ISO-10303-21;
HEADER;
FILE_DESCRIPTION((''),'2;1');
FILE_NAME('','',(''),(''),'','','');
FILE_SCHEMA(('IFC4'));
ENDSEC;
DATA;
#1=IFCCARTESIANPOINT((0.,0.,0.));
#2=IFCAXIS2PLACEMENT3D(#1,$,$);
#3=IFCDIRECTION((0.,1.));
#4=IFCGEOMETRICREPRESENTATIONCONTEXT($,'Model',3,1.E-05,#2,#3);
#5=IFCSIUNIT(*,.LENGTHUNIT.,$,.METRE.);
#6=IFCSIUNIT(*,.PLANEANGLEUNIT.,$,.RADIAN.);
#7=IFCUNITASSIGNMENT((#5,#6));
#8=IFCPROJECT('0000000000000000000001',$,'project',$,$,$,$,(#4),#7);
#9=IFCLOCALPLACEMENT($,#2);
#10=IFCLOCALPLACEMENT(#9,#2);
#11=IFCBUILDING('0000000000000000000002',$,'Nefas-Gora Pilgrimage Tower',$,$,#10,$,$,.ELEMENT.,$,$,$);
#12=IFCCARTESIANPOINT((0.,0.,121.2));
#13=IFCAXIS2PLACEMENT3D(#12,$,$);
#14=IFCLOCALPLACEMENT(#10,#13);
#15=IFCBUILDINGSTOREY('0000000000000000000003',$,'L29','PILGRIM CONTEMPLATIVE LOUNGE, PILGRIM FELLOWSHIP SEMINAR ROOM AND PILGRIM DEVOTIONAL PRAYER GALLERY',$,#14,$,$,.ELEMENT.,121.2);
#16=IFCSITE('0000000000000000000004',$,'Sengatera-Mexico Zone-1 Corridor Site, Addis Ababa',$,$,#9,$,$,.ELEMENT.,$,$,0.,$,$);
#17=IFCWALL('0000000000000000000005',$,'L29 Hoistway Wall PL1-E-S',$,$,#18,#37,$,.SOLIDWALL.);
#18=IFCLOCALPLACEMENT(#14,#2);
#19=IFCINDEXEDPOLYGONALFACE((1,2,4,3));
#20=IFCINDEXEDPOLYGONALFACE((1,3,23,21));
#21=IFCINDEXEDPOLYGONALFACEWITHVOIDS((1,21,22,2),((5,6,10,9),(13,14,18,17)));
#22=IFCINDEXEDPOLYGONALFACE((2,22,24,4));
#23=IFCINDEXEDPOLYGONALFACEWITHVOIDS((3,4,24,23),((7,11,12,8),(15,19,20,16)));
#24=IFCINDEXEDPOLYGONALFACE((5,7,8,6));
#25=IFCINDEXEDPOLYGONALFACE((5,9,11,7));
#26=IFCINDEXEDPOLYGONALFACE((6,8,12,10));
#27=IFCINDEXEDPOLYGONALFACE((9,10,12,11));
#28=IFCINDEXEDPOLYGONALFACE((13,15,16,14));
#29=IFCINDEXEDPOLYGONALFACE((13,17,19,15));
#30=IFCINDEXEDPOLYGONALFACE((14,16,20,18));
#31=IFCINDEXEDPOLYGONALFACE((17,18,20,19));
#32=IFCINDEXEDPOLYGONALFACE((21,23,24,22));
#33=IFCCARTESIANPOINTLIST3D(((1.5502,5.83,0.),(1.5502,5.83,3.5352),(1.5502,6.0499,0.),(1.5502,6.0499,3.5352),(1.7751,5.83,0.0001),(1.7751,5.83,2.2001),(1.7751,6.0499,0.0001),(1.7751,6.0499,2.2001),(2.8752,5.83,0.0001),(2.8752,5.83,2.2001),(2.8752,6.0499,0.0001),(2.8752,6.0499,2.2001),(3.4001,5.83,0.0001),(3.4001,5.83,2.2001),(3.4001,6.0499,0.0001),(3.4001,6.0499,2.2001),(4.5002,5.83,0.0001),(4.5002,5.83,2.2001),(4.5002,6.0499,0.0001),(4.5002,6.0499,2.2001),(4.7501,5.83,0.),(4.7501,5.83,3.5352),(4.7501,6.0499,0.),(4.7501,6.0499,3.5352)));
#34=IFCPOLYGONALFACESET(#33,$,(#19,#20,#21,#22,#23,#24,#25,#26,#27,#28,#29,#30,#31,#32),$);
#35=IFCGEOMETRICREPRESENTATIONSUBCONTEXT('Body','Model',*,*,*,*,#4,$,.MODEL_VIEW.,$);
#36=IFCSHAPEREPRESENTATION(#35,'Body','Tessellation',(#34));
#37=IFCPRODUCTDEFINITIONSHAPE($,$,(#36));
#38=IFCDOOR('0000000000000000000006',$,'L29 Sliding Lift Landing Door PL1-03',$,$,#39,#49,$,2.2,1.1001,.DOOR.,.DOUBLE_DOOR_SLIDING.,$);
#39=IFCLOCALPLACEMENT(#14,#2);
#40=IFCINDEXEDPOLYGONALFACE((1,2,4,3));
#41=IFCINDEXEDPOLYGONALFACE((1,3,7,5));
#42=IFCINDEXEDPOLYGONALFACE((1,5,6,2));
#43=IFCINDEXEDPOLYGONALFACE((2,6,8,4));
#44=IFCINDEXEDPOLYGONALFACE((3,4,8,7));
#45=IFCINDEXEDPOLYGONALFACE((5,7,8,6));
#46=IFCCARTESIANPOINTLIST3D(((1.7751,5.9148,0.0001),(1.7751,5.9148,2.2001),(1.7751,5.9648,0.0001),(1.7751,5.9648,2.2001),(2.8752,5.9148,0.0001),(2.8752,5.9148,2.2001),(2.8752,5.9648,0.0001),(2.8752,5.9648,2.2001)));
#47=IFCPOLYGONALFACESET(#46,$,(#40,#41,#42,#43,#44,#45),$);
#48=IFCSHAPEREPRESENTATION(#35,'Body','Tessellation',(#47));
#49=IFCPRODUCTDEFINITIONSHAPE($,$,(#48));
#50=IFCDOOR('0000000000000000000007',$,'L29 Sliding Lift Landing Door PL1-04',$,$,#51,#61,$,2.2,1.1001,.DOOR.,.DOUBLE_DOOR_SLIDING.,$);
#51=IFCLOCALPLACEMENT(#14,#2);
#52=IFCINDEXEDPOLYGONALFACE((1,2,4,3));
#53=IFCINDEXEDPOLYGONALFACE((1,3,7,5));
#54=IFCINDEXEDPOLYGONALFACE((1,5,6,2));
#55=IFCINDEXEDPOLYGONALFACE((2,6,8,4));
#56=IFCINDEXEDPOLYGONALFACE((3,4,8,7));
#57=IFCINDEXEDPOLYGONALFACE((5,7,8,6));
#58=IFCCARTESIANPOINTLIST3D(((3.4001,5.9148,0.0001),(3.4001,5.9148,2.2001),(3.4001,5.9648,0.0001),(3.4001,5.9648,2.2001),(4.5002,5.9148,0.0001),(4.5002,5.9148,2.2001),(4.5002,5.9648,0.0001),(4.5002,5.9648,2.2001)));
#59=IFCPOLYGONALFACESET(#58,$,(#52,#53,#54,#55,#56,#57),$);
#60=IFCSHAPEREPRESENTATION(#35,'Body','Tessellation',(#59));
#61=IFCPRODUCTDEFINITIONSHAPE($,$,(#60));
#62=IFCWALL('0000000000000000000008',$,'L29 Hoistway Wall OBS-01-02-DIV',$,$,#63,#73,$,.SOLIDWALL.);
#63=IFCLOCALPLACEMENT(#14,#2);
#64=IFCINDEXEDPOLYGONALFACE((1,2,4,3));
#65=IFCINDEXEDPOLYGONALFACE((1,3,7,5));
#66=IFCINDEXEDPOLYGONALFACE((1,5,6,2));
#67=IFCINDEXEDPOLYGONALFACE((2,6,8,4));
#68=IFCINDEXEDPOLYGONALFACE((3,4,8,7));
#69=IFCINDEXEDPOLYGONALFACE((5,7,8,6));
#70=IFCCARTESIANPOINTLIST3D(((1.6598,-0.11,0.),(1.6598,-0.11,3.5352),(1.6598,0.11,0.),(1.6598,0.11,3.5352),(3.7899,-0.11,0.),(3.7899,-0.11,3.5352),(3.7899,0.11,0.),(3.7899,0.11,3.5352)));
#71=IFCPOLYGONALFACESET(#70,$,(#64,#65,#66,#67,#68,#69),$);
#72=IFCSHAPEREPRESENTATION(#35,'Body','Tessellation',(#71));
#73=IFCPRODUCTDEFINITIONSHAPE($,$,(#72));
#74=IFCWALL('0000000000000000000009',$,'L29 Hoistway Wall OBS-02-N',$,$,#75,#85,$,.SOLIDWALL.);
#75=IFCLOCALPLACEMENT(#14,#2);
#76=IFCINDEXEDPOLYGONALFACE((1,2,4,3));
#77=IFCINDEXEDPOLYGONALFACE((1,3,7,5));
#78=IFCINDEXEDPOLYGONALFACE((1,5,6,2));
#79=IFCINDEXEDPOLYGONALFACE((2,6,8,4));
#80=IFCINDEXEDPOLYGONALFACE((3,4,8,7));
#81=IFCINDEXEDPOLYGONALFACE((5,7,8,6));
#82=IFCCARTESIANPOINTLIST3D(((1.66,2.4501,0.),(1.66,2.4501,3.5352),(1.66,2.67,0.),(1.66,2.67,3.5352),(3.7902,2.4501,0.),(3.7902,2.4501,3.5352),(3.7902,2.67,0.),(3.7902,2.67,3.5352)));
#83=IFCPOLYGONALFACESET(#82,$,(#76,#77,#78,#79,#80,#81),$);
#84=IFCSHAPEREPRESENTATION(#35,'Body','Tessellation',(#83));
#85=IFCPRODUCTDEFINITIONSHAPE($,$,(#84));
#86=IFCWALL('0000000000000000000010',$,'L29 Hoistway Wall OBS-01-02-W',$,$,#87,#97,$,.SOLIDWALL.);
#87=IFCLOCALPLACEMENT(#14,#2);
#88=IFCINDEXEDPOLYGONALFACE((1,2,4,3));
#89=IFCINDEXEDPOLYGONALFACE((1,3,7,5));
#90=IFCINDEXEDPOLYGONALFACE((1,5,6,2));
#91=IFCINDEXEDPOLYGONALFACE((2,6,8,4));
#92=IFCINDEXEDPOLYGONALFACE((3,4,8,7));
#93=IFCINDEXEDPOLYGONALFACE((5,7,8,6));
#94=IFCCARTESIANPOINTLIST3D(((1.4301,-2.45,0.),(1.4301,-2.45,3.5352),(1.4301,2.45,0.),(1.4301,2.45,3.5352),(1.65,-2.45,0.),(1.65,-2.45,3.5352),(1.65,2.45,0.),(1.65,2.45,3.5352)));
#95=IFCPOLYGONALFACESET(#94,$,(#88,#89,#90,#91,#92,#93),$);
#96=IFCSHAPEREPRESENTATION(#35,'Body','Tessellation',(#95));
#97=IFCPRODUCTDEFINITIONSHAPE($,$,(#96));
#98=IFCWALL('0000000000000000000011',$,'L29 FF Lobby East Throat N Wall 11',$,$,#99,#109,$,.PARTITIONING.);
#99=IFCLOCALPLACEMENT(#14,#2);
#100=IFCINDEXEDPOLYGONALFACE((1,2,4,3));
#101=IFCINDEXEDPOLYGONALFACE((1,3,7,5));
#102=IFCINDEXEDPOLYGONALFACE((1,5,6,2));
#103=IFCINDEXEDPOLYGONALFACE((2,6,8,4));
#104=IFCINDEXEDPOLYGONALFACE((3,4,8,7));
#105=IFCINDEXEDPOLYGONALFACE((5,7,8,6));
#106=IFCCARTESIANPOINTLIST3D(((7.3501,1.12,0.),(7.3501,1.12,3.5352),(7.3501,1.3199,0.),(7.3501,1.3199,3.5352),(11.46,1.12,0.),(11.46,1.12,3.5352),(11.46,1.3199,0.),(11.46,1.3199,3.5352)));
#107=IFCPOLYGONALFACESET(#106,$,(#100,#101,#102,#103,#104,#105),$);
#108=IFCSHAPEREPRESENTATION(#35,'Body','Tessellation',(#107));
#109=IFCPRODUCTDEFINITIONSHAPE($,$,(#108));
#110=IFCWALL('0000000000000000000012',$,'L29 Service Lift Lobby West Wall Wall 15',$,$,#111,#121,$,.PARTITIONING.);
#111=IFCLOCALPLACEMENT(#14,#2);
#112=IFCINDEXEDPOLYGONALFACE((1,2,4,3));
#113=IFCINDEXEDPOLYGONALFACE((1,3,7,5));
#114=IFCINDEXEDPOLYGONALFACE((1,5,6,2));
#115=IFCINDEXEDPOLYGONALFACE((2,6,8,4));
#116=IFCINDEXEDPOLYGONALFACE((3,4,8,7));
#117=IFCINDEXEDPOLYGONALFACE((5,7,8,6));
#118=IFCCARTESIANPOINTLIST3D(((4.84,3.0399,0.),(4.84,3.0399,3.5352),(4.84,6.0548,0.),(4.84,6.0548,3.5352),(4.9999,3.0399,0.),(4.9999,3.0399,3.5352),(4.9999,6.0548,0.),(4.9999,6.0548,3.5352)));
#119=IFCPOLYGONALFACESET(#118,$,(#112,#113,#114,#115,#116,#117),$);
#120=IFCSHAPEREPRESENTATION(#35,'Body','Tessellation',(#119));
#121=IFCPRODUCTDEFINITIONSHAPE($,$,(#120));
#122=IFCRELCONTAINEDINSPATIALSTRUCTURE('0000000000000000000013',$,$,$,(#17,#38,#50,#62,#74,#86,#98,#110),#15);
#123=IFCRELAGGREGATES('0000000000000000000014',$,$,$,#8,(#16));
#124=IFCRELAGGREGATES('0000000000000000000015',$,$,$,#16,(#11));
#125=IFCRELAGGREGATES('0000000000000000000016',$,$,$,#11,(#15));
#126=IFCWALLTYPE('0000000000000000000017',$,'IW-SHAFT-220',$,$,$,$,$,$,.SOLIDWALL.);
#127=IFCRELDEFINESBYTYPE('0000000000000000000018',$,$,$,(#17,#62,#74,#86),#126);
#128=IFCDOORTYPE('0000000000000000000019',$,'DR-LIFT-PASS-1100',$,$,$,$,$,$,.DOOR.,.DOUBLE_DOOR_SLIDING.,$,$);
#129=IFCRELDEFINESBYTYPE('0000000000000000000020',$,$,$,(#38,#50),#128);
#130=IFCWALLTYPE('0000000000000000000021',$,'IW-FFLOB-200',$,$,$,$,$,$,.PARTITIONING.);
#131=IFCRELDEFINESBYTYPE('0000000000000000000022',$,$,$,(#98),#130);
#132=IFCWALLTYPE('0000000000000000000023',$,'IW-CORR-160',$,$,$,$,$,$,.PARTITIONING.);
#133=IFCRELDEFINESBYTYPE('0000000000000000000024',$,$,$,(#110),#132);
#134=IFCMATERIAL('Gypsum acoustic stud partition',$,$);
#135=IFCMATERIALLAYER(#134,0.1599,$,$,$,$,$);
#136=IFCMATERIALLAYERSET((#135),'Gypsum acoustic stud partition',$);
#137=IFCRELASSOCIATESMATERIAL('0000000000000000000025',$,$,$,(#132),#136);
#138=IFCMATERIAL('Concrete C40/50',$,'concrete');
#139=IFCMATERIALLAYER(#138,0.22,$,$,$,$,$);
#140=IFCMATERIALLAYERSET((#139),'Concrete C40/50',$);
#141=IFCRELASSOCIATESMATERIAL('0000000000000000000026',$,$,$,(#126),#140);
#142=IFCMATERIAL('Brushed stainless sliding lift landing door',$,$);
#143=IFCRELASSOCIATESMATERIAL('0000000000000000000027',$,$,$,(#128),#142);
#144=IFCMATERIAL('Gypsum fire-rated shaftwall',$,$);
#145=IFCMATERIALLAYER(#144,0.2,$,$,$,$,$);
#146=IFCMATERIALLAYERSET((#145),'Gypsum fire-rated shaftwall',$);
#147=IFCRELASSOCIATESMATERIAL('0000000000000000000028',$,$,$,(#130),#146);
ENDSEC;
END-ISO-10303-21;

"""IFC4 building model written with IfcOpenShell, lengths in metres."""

from ifc_helpers import new_model, si_unit, direction, frame, frame_2d, origin, place, context, subcontext, project, spatial, rectangle, extrude, source, transform, mapped, material, layer, layer_set, type_object, element, fill, save


model = new_model("IFC4")

# Units and contexts
model_context = context("Model", 3, precision=1e-05, world=origin(), true_north=direction((0.0, 1.0)))
body_context = subcontext(model_context, "Body", "Model", "MODEL_VIEW")
ifc_project = project(units=[si_unit("LENGTHUNIT", "METRE"), si_unit("PLANEANGLEUNIT", "RADIAN")], contexts=[model_context])

# Site, building, storey
site_placement = place(None, origin())
site = spatial("IfcSite", under=ifc_project, at=site_placement, Name="Sengatera-Mexico Zone-1 Corridor Site, Addis Ababa", CompositionType="ELEMENT", RefElevation=0.0)
building_placement = place(site_placement, origin())
building = spatial("IfcBuilding", under=site, at=building_placement, Name="Nefas-Gora Pilgrimage Tower", CompositionType="ELEMENT")
storey_placement = place(building_placement, frame((0.0, 0.0, 121.2)))
storey = spatial("IfcBuildingStorey", under=building, at=storey_placement, Name="L29", Description="PILGRIM CONTEMPLATIVE LOUNGE, PILGRIM FELLOWSHIP SEMINAR ROOM AND PILGRIM DEVOTIONAL PRAYER GALLERY", CompositionType="ELEMENT", Elevation=121.2)

# Shared definitions
ifc_material_1 = material(Name="Gypsum acoustic stud partition")
ifc_layer_1 = layer(ifc_material_1, 0.1599)
ifc_layer_set_1 = layer_set([ifc_layer_1], Name="Gypsum acoustic stud partition")
wall_type_1 = type_object("IfcWallType", Name="IW-CORR-160", PredefinedType="PARTITIONING", material=ifc_layer_set_1)

# Shared definitions
ifc_material_2 = material(Name="Concrete C40/50", Category="concrete")
ifc_layer_2 = layer(ifc_material_2, 0.22)
ifc_layer_set_2 = layer_set([ifc_layer_2], Name="Concrete C40/50")
wall_type_2 = type_object("IfcWallType", Name="IW-SHAFT-220", PredefinedType="SOLIDWALL", material=ifc_layer_set_2)

# Wall, openings, doors
shared_shape_1 = source(origin(), body_context, "Body", "SweptSolid", [
    extrude(rectangle(XDim=3.2, YDim=0.22, at=frame_2d((1.6001, 0.0))), origin(), (0.0, 0.0, 1.0), 3.5352),
])
wall_1_placement = place(storey_placement, frame((1.55, 5.9399, 0.0), z_axis=(0.0, 0.0, 1.0), x_axis=(1.0, 0.0, 0.0)))
wall_1 = element("IfcWall", 1, at=wall_1_placement, inside=storey, type_object=wall_type_2, Name="L29 Hoistway Wall PL1-E-S", PredefinedType="SOLIDWALL", context=body_context, shape_type="MappedRepresentation", body=[
    mapped(shared_shape_1, transform((0.0, 0.0, 0.0), x_axis=(1.0, 0.0, 0.0), y_axis=(0.0, 1.0, 0.0), z_axis=(0.0, 0.0, 1.0), scale=1.0)),
])
opening_1_placement = place(wall_1_placement, frame((0.2251, 0.0, 0.0)))
opening_1 = element("IfcOpeningElement", 2, at=opening_1_placement, cuts=wall_1, PredefinedType="OPENING", context=body_context, shape_type="SweptSolid", body=[
    extrude(rectangle(XDim=1.1001, YDim=2.2, at=frame_2d((0.55, 1.1001))), frame((0.0, 0.1199, 0.0), z_axis=(0.0, -1.0, 0.0), x_axis=(1.0, 0.0, 0.0)), (0.0, 0.0, 1.0), 0.24),
])
opening_2_placement = place(wall_1_placement, frame((1.8501, 0.0, 0.0)))
opening_2 = element("IfcOpeningElement", 3, at=opening_2_placement, cuts=wall_1, PredefinedType="OPENING", context=body_context, shape_type="SweptSolid", body=[
    extrude(rectangle(XDim=1.1001, YDim=2.2, at=frame_2d((0.55, 1.1001))), frame((0.0, 0.1199, 0.0), z_axis=(0.0, -1.0, 0.0), x_axis=(1.0, 0.0, 0.0)), (0.0, 0.0, 1.0), 0.24),
])
ifc_material_3 = material(Name="Brushed stainless sliding lift landing door")
door_type_1 = type_object("IfcDoorType", Name="DR-LIFT-PASS-1100", OperationType="DOUBLE_DOOR_SLIDING", PredefinedType="DOOR", material=ifc_material_3)
shared_shape_2 = source(origin(), body_context, "Body", "SweptSolid", [
    extrude(rectangle(XDim=1.1001, YDim=2.2, at=frame_2d((0.55, 1.1001))), frame((0.0, 0.0249, 0.0), z_axis=(0.0, -1.0, 0.0), x_axis=(1.0, 0.0, 0.0)), (0.0, 0.0, 1.0), 0.05),
])
door_1_placement = place(opening_1_placement, origin())
door_1 = element("IfcDoor", 4, at=door_1_placement, inside=storey, type_object=door_type_1, Name="L29 Sliding Lift Landing Door PL1-03", OperationType="DOUBLE_DOOR_SLIDING", OverallHeight=2.2, OverallWidth=1.1001, PredefinedType="DOOR", context=body_context, shape_type="MappedRepresentation", body=[
    mapped(shared_shape_2, transform((0.0, 0.0, 0.0), x_axis=(1.0, 0.0, 0.0), y_axis=(0.0, 1.0, 0.0), z_axis=(0.0, 0.0, 1.0), scale=1.0)),
])
fill(opening_1, door_1)
door_2_placement = place(opening_2_placement, origin())
door_2 = element("IfcDoor", 5, at=door_2_placement, inside=storey, type_object=door_type_1, Name="L29 Sliding Lift Landing Door PL1-04", OperationType="DOUBLE_DOOR_SLIDING", OverallHeight=2.2, OverallWidth=1.1001, PredefinedType="DOOR", context=body_context, shape_type="MappedRepresentation", body=[
    mapped(shared_shape_2, transform((0.0, 0.0, 0.0), x_axis=(1.0, 0.0, 0.0), y_axis=(0.0, 1.0, 0.0), z_axis=(0.0, 0.0, 1.0), scale=1.0)),
])
fill(opening_2, door_2)

# Walls
shared_shape_3 = source(origin(), body_context, "Body", "SweptSolid", [
    extrude(rectangle(XDim=2.1301, YDim=0.22, at=frame_2d((1.0649, 0.0))), origin(), (0.0, 0.0, 1.0), 3.5352),
])
for number, where, z_axis, x_axis, name in (
    (6, (1.6599, 0.0, 0.0), (0.0, 0.0, 1.0), (1.0, 0.0, 0.0), "L29 Hoistway Wall OBS-01-02-DIV"),
    (7, (3.79, 2.5601, 0.0), (0.0, 0.0, 1.0), (-1.0, 0.0, 0.0), "L29 Hoistway Wall OBS-02-N"),
):
    element("IfcWall", number, at=place(storey_placement, frame(where, z_axis=z_axis, x_axis=x_axis)), inside=storey, type_object=wall_type_2, Name=name, PredefinedType="SOLIDWALL", context=body_context, shape_type="MappedRepresentation", body=[
        mapped(shared_shape_3, transform((0.0, 0.0, 0.0), x_axis=(1.0, 0.0, 0.0), y_axis=(0.0, 1.0, 0.0), z_axis=(0.0, 0.0, 1.0), scale=1.0)),
    ])
shared_shape_4 = source(origin(), body_context, "Body", "SweptSolid", [
    extrude(rectangle(XDim=4.8999, YDim=0.22, at=frame_2d((2.45, 0.0))), origin(), (0.0, 0.0, 1.0), 3.5352),
])
wall_2_placement = place(storey_placement, frame((1.54, 2.45, 0.0), z_axis=(0.0, 0.0, 1.0), x_axis=(0.0, -1.0, 0.0)))
element("IfcWall", 8, at=wall_2_placement, inside=storey, type_object=wall_type_2, Name="L29 Hoistway Wall OBS-01-02-W", PredefinedType="SOLIDWALL", context=body_context, shape_type="MappedRepresentation", body=[
    mapped(shared_shape_4, transform((0.0, 0.0, 0.0), x_axis=(1.0, 0.0, 0.0), y_axis=(0.0, 1.0, 0.0), z_axis=(0.0, 0.0, 1.0), scale=1.0)),
])

# Shared definitions
ifc_material_4 = material(Name="Gypsum fire-rated shaftwall")
ifc_layer_3 = layer(ifc_material_4, 0.2)
ifc_layer_set_3 = layer_set([ifc_layer_3], Name="Gypsum fire-rated shaftwall")
wall_type_3 = type_object("IfcWallType", Name="IW-FFLOB-200", PredefinedType="PARTITIONING", material=ifc_layer_set_3)

# Walls
shared_shape_5 = source(origin(), body_context, "Body", "SweptSolid", [
    extrude(rectangle(XDim=4.1099, YDim=0.2, at=frame_2d((2.0549, 0.0))), origin(), (0.0, 0.0, 1.0), 3.5352),
])
wall_3_placement = place(storey_placement, frame((7.3501, 1.22, 0.0), z_axis=(0.0, 0.0, 1.0), x_axis=(1.0, 0.0, 0.0)))
element("IfcWall", 9, at=wall_3_placement, inside=storey, type_object=wall_type_3, Name="L29 FF Lobby East Throat N Wall 11", PredefinedType="PARTITIONING", context=body_context, shape_type="MappedRepresentation", body=[
    mapped(shared_shape_5, transform((0.0, 0.0, 0.0), x_axis=(1.0, 0.0, 0.0), y_axis=(0.0, 1.0, 0.0), z_axis=(0.0, 0.0, 1.0), scale=1.0)),
])
shared_shape_6 = source(origin(), body_context, "Body", "SweptSolid", [
    extrude(rectangle(XDim=3.0149, YDim=0.1599, at=frame_2d((1.5073, 0.0))), origin(), (0.0, 0.0, 1.0), 3.5352),
])
wall_4_placement = place(storey_placement, frame((4.9199, 3.04, 0.0), z_axis=(0.0, 0.0, 1.0), x_axis=(0.0, 1.0, 0.0)))
element("IfcWall", 10, at=wall_4_placement, inside=storey, type_object=wall_type_1, Name="L29 Service Lift Lobby West Wall Wall 15", PredefinedType="PARTITIONING", context=body_context, shape_type="MappedRepresentation", body=[
    mapped(shared_shape_6, transform((0.0, 0.0, 0.0), x_axis=(1.0, 0.0, 0.0), y_axis=(0.0, 1.0, 0.0), z_axis=(0.0, 0.0, 1.0), scale=1.0)),
])

save(model, "model.ifc")
